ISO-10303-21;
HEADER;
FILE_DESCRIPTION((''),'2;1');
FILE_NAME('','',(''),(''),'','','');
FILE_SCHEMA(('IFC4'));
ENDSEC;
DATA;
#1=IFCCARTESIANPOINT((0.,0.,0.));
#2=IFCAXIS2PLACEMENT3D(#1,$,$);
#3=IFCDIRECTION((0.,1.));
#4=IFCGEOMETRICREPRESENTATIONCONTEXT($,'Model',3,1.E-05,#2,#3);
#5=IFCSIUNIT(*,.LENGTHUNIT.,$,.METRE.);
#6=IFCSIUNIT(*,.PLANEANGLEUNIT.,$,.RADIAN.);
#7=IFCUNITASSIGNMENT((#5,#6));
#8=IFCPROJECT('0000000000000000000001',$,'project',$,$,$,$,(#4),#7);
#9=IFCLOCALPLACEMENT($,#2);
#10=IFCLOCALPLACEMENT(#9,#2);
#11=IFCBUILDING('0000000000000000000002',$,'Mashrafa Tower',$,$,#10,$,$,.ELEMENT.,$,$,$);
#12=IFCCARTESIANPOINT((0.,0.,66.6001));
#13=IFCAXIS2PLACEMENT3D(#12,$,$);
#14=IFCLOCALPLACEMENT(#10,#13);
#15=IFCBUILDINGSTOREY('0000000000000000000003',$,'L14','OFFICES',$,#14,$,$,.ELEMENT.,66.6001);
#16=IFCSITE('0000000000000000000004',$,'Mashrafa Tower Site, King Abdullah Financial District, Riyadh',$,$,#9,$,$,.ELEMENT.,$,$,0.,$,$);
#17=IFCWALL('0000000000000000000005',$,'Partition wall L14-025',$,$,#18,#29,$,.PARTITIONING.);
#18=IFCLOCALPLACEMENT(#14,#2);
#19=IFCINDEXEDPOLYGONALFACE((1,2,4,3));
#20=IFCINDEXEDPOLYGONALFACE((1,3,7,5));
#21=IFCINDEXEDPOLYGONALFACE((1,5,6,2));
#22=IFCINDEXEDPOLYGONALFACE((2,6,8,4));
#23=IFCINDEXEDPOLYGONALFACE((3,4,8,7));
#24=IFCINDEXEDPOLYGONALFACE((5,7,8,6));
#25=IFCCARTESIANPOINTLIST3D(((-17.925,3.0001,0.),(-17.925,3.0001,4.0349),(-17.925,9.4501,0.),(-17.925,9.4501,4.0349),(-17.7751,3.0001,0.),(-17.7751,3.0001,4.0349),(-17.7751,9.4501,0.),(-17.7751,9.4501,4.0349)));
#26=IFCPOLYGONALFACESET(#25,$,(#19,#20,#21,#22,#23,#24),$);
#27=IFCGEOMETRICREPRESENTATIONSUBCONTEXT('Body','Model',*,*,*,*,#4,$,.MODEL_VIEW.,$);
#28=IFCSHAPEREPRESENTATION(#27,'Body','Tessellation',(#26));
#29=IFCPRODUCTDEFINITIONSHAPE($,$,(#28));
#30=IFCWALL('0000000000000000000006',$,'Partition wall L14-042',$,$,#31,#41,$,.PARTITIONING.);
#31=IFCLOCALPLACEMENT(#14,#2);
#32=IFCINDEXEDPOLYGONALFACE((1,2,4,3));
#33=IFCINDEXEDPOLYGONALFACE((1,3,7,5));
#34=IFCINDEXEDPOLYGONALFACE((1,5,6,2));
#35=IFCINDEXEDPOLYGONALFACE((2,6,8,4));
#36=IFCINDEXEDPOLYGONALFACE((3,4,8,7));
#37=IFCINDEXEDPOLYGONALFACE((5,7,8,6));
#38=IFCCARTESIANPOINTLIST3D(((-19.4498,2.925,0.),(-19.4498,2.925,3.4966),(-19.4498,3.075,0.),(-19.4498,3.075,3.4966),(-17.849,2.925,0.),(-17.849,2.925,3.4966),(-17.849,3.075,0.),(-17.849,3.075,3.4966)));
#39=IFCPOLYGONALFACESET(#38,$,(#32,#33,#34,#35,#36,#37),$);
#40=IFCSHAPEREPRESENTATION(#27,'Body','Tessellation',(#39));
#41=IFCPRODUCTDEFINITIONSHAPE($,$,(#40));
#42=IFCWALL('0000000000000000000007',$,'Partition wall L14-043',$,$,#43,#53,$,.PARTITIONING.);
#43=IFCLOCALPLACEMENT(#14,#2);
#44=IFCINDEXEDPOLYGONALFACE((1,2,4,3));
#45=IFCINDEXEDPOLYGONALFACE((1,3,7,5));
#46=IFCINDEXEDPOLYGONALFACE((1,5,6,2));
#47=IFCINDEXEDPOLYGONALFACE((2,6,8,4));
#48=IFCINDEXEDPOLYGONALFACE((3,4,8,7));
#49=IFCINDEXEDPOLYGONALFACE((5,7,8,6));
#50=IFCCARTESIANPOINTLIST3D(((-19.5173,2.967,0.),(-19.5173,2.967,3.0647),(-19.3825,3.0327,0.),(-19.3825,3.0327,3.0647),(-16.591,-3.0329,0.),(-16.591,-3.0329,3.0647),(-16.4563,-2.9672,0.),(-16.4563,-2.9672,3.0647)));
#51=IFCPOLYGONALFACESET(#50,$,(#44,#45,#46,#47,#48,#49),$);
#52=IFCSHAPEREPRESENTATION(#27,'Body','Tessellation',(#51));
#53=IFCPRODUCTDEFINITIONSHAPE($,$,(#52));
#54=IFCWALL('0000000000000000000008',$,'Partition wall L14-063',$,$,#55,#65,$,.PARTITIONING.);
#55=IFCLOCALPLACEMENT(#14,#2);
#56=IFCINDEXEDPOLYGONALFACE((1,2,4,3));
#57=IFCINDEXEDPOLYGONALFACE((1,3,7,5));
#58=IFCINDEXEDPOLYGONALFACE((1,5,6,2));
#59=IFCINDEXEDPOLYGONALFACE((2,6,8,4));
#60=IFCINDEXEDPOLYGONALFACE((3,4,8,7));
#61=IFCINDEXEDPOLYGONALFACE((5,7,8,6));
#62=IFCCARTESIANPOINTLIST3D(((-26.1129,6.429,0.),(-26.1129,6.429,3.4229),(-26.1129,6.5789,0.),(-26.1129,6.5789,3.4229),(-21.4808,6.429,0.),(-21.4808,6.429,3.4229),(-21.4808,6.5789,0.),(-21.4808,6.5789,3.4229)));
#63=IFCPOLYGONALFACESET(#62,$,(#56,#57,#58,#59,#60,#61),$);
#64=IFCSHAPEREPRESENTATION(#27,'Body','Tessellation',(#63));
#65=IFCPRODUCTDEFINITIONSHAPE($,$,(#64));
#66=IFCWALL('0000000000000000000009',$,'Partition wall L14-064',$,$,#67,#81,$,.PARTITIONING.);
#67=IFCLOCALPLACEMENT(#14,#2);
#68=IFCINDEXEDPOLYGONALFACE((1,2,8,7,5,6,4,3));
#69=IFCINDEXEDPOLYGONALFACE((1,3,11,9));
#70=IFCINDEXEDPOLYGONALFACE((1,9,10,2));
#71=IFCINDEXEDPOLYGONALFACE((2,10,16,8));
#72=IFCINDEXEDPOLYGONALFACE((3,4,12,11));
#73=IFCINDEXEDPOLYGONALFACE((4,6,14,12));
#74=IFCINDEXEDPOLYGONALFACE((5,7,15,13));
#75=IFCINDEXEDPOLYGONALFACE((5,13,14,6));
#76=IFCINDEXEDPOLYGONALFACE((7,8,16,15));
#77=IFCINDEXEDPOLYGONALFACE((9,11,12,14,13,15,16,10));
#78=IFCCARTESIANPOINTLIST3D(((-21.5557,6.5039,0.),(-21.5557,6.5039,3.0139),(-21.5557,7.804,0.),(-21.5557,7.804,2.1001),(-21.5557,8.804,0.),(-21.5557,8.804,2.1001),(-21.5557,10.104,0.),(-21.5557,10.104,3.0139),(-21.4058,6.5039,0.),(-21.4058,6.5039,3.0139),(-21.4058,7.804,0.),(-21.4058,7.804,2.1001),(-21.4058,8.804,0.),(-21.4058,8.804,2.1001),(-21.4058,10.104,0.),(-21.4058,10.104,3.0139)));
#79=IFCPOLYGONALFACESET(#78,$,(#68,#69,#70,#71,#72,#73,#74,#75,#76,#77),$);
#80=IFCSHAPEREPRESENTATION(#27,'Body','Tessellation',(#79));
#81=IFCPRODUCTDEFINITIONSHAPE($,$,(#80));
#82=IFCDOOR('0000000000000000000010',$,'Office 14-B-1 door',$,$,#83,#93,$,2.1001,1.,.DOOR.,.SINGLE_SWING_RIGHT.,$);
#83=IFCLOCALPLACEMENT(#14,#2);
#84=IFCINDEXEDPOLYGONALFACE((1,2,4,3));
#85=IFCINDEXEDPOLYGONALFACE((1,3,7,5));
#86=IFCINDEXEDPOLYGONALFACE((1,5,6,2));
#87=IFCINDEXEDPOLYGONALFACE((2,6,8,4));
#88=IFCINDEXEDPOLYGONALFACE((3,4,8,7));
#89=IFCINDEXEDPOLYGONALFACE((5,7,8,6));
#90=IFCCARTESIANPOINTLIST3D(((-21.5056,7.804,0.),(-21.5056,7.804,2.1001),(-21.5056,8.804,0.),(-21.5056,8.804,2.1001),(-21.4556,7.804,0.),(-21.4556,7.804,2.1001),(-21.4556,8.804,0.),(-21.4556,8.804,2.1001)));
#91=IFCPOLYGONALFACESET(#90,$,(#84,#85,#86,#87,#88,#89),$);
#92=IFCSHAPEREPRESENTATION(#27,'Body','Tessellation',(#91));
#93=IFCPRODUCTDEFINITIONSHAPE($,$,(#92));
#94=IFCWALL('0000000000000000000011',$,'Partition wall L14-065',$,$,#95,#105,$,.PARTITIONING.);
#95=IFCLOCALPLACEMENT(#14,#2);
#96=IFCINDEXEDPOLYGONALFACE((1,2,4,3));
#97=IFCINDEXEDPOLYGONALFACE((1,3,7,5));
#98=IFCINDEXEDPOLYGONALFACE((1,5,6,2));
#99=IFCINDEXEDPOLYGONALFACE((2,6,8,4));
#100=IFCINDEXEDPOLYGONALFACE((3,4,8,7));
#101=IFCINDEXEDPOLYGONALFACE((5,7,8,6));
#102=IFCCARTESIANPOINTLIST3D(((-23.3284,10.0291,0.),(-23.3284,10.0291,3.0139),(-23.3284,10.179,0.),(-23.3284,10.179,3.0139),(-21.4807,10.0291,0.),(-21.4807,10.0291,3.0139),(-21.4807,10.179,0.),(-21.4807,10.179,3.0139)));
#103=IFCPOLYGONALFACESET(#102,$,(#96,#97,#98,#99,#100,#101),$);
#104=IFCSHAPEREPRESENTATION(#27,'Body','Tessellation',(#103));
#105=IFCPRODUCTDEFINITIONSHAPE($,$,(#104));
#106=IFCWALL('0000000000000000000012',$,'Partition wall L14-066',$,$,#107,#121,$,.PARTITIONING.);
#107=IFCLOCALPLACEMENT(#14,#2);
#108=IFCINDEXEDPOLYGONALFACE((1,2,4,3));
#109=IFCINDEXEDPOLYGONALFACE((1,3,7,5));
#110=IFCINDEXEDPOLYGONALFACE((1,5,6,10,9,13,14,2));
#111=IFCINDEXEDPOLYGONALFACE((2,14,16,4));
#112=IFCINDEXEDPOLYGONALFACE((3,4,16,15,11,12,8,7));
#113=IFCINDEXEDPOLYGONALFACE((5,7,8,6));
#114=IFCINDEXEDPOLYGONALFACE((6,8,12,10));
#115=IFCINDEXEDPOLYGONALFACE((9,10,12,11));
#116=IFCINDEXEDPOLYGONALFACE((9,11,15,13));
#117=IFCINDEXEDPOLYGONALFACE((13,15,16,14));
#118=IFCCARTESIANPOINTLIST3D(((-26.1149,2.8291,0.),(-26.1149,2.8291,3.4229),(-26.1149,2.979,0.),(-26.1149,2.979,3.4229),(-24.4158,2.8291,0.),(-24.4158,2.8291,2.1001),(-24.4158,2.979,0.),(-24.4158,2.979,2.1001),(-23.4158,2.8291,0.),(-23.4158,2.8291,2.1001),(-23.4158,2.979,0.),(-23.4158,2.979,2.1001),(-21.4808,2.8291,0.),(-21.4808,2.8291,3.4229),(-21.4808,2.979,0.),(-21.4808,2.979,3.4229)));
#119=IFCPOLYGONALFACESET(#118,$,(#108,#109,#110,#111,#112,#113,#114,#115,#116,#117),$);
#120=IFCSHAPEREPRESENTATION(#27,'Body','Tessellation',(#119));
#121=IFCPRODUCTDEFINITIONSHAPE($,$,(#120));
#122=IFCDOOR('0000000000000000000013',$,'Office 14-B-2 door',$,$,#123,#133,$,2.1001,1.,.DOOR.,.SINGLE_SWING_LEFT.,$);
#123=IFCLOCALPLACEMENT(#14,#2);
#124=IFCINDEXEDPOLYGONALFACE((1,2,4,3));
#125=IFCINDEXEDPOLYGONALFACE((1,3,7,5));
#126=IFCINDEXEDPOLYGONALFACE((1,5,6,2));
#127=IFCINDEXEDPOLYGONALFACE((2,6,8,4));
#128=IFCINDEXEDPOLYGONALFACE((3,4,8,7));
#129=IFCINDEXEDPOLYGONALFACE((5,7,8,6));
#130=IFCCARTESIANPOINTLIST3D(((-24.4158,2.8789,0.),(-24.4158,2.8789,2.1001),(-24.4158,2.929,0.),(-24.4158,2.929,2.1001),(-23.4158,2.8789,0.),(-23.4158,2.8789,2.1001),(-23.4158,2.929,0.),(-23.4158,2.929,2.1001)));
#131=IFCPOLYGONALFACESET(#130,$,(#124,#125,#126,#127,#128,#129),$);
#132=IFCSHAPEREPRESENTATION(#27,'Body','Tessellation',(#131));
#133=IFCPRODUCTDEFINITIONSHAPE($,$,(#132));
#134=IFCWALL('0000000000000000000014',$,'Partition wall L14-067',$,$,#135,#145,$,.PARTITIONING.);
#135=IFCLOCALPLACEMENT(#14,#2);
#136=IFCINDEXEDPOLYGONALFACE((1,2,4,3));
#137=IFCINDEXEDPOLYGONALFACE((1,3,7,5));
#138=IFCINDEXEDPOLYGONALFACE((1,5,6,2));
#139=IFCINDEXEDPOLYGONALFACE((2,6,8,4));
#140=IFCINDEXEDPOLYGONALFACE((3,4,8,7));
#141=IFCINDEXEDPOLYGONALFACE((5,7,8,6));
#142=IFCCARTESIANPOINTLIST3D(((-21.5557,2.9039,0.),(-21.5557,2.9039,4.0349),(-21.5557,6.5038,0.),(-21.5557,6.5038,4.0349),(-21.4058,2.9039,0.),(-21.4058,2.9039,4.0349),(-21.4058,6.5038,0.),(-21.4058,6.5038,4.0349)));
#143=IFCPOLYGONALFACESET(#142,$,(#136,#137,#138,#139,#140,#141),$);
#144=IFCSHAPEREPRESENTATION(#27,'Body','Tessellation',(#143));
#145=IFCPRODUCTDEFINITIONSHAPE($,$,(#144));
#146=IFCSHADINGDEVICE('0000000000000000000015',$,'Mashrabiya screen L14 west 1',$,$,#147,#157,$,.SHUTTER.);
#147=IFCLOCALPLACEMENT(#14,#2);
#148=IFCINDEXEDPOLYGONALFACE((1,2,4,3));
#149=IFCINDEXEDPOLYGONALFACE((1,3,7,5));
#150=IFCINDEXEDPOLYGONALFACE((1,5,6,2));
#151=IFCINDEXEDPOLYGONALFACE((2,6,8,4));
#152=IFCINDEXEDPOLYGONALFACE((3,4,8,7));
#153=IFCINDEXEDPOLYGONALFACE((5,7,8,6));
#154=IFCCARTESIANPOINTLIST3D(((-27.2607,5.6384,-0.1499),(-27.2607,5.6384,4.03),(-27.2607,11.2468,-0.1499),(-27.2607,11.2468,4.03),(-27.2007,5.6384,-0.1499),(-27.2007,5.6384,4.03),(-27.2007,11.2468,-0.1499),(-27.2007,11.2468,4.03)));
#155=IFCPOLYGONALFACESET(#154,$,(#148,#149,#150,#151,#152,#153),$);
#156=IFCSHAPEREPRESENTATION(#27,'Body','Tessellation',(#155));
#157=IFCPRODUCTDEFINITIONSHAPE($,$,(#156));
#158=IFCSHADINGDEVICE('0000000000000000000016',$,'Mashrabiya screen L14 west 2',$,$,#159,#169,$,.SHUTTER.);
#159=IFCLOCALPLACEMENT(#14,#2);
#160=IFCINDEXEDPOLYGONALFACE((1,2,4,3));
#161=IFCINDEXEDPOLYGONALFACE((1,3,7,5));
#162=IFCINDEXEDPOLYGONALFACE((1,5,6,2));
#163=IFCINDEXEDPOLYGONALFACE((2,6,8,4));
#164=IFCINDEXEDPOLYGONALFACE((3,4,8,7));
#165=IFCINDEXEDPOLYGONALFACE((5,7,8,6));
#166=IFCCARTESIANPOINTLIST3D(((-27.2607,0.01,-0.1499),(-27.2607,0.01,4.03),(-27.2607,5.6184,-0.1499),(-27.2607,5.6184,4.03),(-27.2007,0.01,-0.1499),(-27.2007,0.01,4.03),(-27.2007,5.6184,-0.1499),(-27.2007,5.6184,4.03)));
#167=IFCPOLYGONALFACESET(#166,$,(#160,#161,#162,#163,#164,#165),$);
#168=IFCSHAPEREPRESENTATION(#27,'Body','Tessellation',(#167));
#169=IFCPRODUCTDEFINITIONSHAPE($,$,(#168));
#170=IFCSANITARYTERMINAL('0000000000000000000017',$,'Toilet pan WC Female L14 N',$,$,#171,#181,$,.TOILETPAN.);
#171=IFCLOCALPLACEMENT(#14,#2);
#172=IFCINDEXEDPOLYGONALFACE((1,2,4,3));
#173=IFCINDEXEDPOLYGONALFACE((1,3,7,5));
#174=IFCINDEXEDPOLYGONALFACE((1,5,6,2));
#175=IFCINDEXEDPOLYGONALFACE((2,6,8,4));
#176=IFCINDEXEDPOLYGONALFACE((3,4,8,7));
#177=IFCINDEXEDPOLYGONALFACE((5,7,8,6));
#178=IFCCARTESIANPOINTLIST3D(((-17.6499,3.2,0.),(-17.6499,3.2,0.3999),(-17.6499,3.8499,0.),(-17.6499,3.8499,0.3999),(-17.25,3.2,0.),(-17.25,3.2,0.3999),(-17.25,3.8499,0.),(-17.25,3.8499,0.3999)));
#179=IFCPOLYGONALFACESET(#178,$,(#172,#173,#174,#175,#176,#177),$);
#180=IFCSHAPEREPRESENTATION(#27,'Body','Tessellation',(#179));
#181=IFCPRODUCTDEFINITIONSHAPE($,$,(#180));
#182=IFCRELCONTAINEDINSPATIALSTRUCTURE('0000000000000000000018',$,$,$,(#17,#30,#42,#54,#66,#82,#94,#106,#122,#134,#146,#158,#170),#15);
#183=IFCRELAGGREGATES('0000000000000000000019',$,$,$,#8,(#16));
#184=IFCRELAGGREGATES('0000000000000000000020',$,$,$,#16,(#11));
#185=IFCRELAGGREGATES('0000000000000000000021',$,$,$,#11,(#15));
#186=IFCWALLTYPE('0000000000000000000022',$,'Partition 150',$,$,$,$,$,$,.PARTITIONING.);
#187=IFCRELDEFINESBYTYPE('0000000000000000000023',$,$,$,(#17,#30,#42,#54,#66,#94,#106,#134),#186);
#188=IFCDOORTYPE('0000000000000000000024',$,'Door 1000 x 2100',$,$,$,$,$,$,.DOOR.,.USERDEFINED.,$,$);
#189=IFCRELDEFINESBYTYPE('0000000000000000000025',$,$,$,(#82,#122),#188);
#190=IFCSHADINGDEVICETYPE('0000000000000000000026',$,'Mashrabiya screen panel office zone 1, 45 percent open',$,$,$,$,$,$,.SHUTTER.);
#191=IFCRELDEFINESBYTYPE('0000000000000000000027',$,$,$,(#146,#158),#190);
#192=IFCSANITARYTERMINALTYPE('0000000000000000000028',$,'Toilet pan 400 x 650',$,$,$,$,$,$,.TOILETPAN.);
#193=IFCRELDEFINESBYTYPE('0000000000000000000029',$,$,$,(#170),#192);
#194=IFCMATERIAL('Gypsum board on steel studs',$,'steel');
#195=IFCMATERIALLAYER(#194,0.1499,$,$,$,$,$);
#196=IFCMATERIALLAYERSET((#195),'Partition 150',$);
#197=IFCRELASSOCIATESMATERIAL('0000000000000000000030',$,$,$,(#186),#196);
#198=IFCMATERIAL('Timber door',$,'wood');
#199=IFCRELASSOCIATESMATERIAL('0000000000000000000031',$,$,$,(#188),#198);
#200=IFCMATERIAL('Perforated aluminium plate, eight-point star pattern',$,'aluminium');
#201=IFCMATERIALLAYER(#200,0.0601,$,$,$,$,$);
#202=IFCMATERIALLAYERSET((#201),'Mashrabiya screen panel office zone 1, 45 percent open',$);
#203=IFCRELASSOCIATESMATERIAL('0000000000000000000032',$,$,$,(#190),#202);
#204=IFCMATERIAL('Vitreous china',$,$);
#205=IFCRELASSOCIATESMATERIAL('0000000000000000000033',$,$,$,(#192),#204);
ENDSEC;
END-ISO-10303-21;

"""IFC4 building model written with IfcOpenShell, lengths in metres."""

from ifc_helpers import new_model, si_unit, direction, frame, frame_2d, origin, origin_2d, place, context, subcontext, project, spatial, rectangle, extrude, source, transform, mapped, material, layer, layer_set, type_object, type_shapes, element, fill, save


model = new_model("IFC4")

# Units and contexts
model_context = context("Model", 3, precision=1e-05, world=origin(), true_north=direction((0.0, 1.0)))
body_context = subcontext(model_context, "Body", "Model", "MODEL_VIEW")
ifc_project = project(units=[si_unit("LENGTHUNIT", "METRE"), si_unit("PLANEANGLEUNIT", "RADIAN")], contexts=[model_context])

# Site, building, storey
site_placement = place(None, origin())
site = spatial("IfcSite", under=ifc_project, at=site_placement, Name="Mashrafa Tower Site, King Abdullah Financial District, Riyadh", CompositionType="ELEMENT", RefElevation=0.0)
building_placement = place(site_placement, origin())
building = spatial("IfcBuilding", under=site, at=building_placement, Name="Mashrafa Tower", CompositionType="ELEMENT")
storey_placement = place(building_placement, frame((0.0, 0.0, 66.6001)))
storey = spatial("IfcBuildingStorey", under=building, at=storey_placement, Name="L14", Description="OFFICES", CompositionType="ELEMENT", Elevation=66.6001)

# Walls
ifc_material_1 = material(Name="Gypsum board on steel studs", Category="steel")
ifc_layer_1 = layer(ifc_material_1, 0.1499)
ifc_layer_set_1 = layer_set([ifc_layer_1], Name="Partition 150")
wall_type = type_object("IfcWallType", Name="Partition 150", PredefinedType="PARTITIONING", material=ifc_layer_set_1)
wall_1_placement = place(storey_placement, frame((-17.8501, 3.0, 0.0), z_axis=(0.0, 0.0, 1.0), x_axis=(0.0, 1.0, 0.0)))
element("IfcWall", 1, at=wall_1_placement, inside=storey, type_object=wall_type, Name="Partition wall L14-025", PredefinedType="PARTITIONING", context=body_context, shape_type="SweptSolid", body=[
    extrude(rectangle(XDim=6.45, YDim=0.1499, at=frame_2d((3.2251, 0.0))), origin(), (0.0, 0.0, 1.0), 4.0349),
])
wall_2_placement = place(storey_placement, frame((-17.8491, 3.0, 0.0), z_axis=(0.0, 0.0, 1.0), x_axis=(-1.0, 0.0, 0.0)))
element("IfcWall", 2, at=wall_2_placement, inside=storey, type_object=wall_type, Name="Partition wall L14-042", PredefinedType="PARTITIONING", context=body_context, shape_type="SweptSolid", body=[
    extrude(rectangle(XDim=1.6008, YDim=0.1499, at=frame_2d((0.8003, 0.0))), origin(), (0.0, 0.0, 1.0), 3.4966),
])
wall_3_placement = place(storey_placement, frame((-19.45, 3.0, 0.0), z_axis=(0.0, 0.0, 1.0), x_axis=(0.438356, -0.898801, 0.0)))
element("IfcWall", 3, at=wall_3_placement, inside=storey, type_object=wall_type, Name="Partition wall L14-043", PredefinedType="PARTITIONING", context=body_context, shape_type="SweptSolid", body=[
    extrude(rectangle(XDim=6.6755, YDim=0.1499, at=frame_2d((3.3379, 0.0))), origin(), (0.0, 0.0, 1.0), 3.0647),
])
wall_4_placement = place(storey_placement, frame((-26.1128, 6.5039, 0.0), z_axis=(0.0, 0.0, 1.0), x_axis=(1.0, 0.0, 0.0)))
element("IfcWall", 4, at=wall_4_placement, inside=storey, type_object=wall_type, Name="Partition wall L14-063", PredefinedType="PARTITIONING", context=body_context, shape_type="SweptSolid", body=[
    extrude(rectangle(XDim=4.6321, YDim=0.1499, at=frame_2d((2.3159, 0.0))), origin(), (0.0, 0.0, 1.0), 3.4229),
])

# Wall, opening, door
wall_5_placement = place(storey_placement, frame((-21.4807, 6.5039, 0.0), z_axis=(0.0, 0.0, 1.0), x_axis=(0.0, 1.0, 0.0)))
wall_5 = element("IfcWall", 5, at=wall_5_placement, inside=storey, type_object=wall_type, Name="Partition wall L14-064", PredefinedType="PARTITIONING", context=body_context, shape_type="SweptSolid", body=[
    extrude(rectangle(XDim=3.6001, YDim=0.1499, at=frame_2d((1.8, 0.0))), origin(), (0.0, 0.0, 1.0), 3.0139),
])
opening_1_placement = place(wall_5_placement, frame((1.3, 0.0, 0.0)))
opening_1 = element("IfcOpeningElement", 6, at=opening_1_placement, cuts=wall_5, PredefinedType="OPENING", context=body_context, shape_type="SweptSolid", body=[
    extrude(rectangle(XDim=1.0, YDim=2.1001, at=frame_2d((0.5, 1.05))), frame((0.0, 0.085, 0.0), z_axis=(0.0, -1.0, 0.0), x_axis=(1.0, 0.0, 0.0)), (0.0, 0.0, 1.0), 0.1699),
])
ifc_material_2 = material(Name="Timber door", Category="wood")
door_type = type_object("IfcDoorType", Name="Door 1000 x 2100", OperationType="USERDEFINED", PredefinedType="DOOR", material=ifc_material_2)
door_1_placement = place(opening_1_placement, origin())
door_1 = element("IfcDoor", 7, at=door_1_placement, inside=storey, type_object=door_type, Name="Office 14-B-1 door", OperationType="SINGLE_SWING_RIGHT", OverallHeight=2.1001, OverallWidth=1.0, PredefinedType="DOOR", context=body_context, shape_type="SweptSolid", body=[
    extrude(rectangle(XDim=1.0, YDim=2.1001, at=frame_2d((0.5, 1.05))), frame((0.0, 0.0249, 0.0), z_axis=(0.0, -1.0, 0.0), x_axis=(1.0, 0.0, 0.0)), (0.0, 0.0, 1.0), 0.05),
])
fill(opening_1, door_1)

# Wall
wall_6_placement = place(storey_placement, frame((-21.4807, 10.104, 0.0), z_axis=(0.0, 0.0, 1.0), x_axis=(-1.0, 0.0, 0.0)))
element("IfcWall", 8, at=wall_6_placement, inside=storey, type_object=wall_type, Name="Partition wall L14-065", PredefinedType="PARTITIONING", context=body_context, shape_type="SweptSolid", body=[
    extrude(rectangle(XDim=1.8477, YDim=0.1499, at=frame_2d((0.9238, 0.0))), origin(), (0.0, 0.0, 1.0), 3.0139),
])

# Wall, opening, door
wall_7_placement = place(storey_placement, frame((-26.1147, 2.9041, 0.0), z_axis=(0.0, 0.0, 1.0), x_axis=(1.0, 0.0, 0.0)))
wall_7 = element("IfcWall", 9, at=wall_7_placement, inside=storey, type_object=wall_type, Name="Partition wall L14-066", PredefinedType="PARTITIONING", context=body_context, shape_type="SweptSolid", body=[
    extrude(rectangle(XDim=4.634, YDim=0.1499, at=frame_2d((2.3169, 0.0))), origin(), (0.0, 0.0, 1.0), 3.4229),
])
opening_2_placement = place(wall_7_placement, frame((1.699, 0.0, 0.0)))
opening_2 = element("IfcOpeningElement", 10, at=opening_2_placement, cuts=wall_7, PredefinedType="OPENING", context=body_context, shape_type="SweptSolid", body=[
    extrude(rectangle(XDim=1.0, YDim=2.1001, at=frame_2d((0.5, 1.05))), frame((0.0, 0.085, 0.0), z_axis=(0.0, -1.0, 0.0), x_axis=(1.0, 0.0, 0.0)), (0.0, 0.0, 1.0), 0.1699),
])
door_2_placement = place(opening_2_placement, origin())
door_2 = element("IfcDoor", 11, at=door_2_placement, inside=storey, type_object=door_type, Name="Office 14-B-2 door", OperationType="SINGLE_SWING_LEFT", OverallHeight=2.1001, OverallWidth=1.0, PredefinedType="DOOR", context=body_context, shape_type="SweptSolid", body=[
    extrude(rectangle(XDim=1.0, YDim=2.1001, at=frame_2d((0.5, 1.05))), frame((0.0, 0.0249, 0.0), z_axis=(0.0, -1.0, 0.0), x_axis=(1.0, 0.0, 0.0)), (0.0, 0.0, 1.0), 0.05),
])
fill(opening_2, door_2)

# Wall
wall_8_placement = place(storey_placement, frame((-21.4807, 2.9041, 0.0), z_axis=(0.0, 0.0, 1.0), x_axis=(0.0, 1.0, 0.0)))
element("IfcWall", 12, at=wall_8_placement, inside=storey, type_object=wall_type, Name="Partition wall L14-067", PredefinedType="PARTITIONING", context=body_context, shape_type="SweptSolid", body=[
    extrude(rectangle(XDim=3.5999, YDim=0.1499, at=frame_2d((1.7998, 0.0))), origin(), (0.0, 0.0, 1.0), 4.0349),
])

# Shading devices
ifc_material_3 = material(Name="Perforated aluminium plate, eight-point star pattern", Category="aluminium")
ifc_layer_2 = layer(ifc_material_3, 0.0601)
ifc_layer_set_2 = layer_set([ifc_layer_2], Name="Mashrabiya screen panel office zone 1, 45 percent open")
shading_device_type = type_object("IfcShadingDeviceType", Name="Mashrabiya screen panel office zone 1, 45 percent open", PredefinedType="SHUTTER", material=ifc_layer_set_2)
shared_shape_1 = source(origin(), body_context, "Body", "SweptSolid", [
    extrude(rectangle(XDim=5.6084, YDim=0.0601, at=origin_2d()), origin(), (0.0, 0.0, 1.0), 4.1799),
])
type_shapes(shading_device_type, [shared_shape_1])
for number, where, z_axis, x_axis, name in (
    (13, (-27.2307, 8.4426, -0.1499), (0.0, 0.0, 1.0), (0.0, -1.0, 0.0), "Mashrabiya screen L14 west 1"),
    (14, (-27.2307, 2.8142, -0.1499), (0.0, 0.0, 1.0), (0.0, -1.0, 0.0), "Mashrabiya screen L14 west 2"),
):
    element("IfcShadingDevice", number, at=place(storey_placement, frame(where, z_axis=z_axis, x_axis=x_axis)), inside=storey, type_object=shading_device_type, Name=name, PredefinedType="SHUTTER", context=body_context, shape_type="MappedRepresentation", body=[
        mapped(shared_shape_1, transform((0.0, 0.0, 0.0))),
    ])

# Sanitary terminal
ifc_material_4 = material(Name="Vitreous china")
sanitary_terminal_type_1 = type_object("IfcSanitaryTerminalType", Name="Toilet pan 400 x 650", PredefinedType="TOILETPAN", material=ifc_material_4)
for number, where, z_axis, x_axis, name in (
    (15, (-17.45, 3.5249, 0.0), (0.0, 0.0, 1.0), (1.0, 0.0, 0.0), "Toilet pan WC Female L14 N"),
):
    element("IfcSanitaryTerminal", number, at=place(storey_placement, frame(where, z_axis=z_axis, x_axis=x_axis)), inside=storey, type_object=sanitary_terminal_type_1, Name=name, PredefinedType="TOILETPAN", context=body_context, shape_type="SweptSolid", body=[
        extrude(rectangle(XDim=0.3999, YDim=0.6499, at=origin_2d()), origin(), (0.0, 0.0, 1.0), 0.3999),
    ])

save(model, "model.ifc")
